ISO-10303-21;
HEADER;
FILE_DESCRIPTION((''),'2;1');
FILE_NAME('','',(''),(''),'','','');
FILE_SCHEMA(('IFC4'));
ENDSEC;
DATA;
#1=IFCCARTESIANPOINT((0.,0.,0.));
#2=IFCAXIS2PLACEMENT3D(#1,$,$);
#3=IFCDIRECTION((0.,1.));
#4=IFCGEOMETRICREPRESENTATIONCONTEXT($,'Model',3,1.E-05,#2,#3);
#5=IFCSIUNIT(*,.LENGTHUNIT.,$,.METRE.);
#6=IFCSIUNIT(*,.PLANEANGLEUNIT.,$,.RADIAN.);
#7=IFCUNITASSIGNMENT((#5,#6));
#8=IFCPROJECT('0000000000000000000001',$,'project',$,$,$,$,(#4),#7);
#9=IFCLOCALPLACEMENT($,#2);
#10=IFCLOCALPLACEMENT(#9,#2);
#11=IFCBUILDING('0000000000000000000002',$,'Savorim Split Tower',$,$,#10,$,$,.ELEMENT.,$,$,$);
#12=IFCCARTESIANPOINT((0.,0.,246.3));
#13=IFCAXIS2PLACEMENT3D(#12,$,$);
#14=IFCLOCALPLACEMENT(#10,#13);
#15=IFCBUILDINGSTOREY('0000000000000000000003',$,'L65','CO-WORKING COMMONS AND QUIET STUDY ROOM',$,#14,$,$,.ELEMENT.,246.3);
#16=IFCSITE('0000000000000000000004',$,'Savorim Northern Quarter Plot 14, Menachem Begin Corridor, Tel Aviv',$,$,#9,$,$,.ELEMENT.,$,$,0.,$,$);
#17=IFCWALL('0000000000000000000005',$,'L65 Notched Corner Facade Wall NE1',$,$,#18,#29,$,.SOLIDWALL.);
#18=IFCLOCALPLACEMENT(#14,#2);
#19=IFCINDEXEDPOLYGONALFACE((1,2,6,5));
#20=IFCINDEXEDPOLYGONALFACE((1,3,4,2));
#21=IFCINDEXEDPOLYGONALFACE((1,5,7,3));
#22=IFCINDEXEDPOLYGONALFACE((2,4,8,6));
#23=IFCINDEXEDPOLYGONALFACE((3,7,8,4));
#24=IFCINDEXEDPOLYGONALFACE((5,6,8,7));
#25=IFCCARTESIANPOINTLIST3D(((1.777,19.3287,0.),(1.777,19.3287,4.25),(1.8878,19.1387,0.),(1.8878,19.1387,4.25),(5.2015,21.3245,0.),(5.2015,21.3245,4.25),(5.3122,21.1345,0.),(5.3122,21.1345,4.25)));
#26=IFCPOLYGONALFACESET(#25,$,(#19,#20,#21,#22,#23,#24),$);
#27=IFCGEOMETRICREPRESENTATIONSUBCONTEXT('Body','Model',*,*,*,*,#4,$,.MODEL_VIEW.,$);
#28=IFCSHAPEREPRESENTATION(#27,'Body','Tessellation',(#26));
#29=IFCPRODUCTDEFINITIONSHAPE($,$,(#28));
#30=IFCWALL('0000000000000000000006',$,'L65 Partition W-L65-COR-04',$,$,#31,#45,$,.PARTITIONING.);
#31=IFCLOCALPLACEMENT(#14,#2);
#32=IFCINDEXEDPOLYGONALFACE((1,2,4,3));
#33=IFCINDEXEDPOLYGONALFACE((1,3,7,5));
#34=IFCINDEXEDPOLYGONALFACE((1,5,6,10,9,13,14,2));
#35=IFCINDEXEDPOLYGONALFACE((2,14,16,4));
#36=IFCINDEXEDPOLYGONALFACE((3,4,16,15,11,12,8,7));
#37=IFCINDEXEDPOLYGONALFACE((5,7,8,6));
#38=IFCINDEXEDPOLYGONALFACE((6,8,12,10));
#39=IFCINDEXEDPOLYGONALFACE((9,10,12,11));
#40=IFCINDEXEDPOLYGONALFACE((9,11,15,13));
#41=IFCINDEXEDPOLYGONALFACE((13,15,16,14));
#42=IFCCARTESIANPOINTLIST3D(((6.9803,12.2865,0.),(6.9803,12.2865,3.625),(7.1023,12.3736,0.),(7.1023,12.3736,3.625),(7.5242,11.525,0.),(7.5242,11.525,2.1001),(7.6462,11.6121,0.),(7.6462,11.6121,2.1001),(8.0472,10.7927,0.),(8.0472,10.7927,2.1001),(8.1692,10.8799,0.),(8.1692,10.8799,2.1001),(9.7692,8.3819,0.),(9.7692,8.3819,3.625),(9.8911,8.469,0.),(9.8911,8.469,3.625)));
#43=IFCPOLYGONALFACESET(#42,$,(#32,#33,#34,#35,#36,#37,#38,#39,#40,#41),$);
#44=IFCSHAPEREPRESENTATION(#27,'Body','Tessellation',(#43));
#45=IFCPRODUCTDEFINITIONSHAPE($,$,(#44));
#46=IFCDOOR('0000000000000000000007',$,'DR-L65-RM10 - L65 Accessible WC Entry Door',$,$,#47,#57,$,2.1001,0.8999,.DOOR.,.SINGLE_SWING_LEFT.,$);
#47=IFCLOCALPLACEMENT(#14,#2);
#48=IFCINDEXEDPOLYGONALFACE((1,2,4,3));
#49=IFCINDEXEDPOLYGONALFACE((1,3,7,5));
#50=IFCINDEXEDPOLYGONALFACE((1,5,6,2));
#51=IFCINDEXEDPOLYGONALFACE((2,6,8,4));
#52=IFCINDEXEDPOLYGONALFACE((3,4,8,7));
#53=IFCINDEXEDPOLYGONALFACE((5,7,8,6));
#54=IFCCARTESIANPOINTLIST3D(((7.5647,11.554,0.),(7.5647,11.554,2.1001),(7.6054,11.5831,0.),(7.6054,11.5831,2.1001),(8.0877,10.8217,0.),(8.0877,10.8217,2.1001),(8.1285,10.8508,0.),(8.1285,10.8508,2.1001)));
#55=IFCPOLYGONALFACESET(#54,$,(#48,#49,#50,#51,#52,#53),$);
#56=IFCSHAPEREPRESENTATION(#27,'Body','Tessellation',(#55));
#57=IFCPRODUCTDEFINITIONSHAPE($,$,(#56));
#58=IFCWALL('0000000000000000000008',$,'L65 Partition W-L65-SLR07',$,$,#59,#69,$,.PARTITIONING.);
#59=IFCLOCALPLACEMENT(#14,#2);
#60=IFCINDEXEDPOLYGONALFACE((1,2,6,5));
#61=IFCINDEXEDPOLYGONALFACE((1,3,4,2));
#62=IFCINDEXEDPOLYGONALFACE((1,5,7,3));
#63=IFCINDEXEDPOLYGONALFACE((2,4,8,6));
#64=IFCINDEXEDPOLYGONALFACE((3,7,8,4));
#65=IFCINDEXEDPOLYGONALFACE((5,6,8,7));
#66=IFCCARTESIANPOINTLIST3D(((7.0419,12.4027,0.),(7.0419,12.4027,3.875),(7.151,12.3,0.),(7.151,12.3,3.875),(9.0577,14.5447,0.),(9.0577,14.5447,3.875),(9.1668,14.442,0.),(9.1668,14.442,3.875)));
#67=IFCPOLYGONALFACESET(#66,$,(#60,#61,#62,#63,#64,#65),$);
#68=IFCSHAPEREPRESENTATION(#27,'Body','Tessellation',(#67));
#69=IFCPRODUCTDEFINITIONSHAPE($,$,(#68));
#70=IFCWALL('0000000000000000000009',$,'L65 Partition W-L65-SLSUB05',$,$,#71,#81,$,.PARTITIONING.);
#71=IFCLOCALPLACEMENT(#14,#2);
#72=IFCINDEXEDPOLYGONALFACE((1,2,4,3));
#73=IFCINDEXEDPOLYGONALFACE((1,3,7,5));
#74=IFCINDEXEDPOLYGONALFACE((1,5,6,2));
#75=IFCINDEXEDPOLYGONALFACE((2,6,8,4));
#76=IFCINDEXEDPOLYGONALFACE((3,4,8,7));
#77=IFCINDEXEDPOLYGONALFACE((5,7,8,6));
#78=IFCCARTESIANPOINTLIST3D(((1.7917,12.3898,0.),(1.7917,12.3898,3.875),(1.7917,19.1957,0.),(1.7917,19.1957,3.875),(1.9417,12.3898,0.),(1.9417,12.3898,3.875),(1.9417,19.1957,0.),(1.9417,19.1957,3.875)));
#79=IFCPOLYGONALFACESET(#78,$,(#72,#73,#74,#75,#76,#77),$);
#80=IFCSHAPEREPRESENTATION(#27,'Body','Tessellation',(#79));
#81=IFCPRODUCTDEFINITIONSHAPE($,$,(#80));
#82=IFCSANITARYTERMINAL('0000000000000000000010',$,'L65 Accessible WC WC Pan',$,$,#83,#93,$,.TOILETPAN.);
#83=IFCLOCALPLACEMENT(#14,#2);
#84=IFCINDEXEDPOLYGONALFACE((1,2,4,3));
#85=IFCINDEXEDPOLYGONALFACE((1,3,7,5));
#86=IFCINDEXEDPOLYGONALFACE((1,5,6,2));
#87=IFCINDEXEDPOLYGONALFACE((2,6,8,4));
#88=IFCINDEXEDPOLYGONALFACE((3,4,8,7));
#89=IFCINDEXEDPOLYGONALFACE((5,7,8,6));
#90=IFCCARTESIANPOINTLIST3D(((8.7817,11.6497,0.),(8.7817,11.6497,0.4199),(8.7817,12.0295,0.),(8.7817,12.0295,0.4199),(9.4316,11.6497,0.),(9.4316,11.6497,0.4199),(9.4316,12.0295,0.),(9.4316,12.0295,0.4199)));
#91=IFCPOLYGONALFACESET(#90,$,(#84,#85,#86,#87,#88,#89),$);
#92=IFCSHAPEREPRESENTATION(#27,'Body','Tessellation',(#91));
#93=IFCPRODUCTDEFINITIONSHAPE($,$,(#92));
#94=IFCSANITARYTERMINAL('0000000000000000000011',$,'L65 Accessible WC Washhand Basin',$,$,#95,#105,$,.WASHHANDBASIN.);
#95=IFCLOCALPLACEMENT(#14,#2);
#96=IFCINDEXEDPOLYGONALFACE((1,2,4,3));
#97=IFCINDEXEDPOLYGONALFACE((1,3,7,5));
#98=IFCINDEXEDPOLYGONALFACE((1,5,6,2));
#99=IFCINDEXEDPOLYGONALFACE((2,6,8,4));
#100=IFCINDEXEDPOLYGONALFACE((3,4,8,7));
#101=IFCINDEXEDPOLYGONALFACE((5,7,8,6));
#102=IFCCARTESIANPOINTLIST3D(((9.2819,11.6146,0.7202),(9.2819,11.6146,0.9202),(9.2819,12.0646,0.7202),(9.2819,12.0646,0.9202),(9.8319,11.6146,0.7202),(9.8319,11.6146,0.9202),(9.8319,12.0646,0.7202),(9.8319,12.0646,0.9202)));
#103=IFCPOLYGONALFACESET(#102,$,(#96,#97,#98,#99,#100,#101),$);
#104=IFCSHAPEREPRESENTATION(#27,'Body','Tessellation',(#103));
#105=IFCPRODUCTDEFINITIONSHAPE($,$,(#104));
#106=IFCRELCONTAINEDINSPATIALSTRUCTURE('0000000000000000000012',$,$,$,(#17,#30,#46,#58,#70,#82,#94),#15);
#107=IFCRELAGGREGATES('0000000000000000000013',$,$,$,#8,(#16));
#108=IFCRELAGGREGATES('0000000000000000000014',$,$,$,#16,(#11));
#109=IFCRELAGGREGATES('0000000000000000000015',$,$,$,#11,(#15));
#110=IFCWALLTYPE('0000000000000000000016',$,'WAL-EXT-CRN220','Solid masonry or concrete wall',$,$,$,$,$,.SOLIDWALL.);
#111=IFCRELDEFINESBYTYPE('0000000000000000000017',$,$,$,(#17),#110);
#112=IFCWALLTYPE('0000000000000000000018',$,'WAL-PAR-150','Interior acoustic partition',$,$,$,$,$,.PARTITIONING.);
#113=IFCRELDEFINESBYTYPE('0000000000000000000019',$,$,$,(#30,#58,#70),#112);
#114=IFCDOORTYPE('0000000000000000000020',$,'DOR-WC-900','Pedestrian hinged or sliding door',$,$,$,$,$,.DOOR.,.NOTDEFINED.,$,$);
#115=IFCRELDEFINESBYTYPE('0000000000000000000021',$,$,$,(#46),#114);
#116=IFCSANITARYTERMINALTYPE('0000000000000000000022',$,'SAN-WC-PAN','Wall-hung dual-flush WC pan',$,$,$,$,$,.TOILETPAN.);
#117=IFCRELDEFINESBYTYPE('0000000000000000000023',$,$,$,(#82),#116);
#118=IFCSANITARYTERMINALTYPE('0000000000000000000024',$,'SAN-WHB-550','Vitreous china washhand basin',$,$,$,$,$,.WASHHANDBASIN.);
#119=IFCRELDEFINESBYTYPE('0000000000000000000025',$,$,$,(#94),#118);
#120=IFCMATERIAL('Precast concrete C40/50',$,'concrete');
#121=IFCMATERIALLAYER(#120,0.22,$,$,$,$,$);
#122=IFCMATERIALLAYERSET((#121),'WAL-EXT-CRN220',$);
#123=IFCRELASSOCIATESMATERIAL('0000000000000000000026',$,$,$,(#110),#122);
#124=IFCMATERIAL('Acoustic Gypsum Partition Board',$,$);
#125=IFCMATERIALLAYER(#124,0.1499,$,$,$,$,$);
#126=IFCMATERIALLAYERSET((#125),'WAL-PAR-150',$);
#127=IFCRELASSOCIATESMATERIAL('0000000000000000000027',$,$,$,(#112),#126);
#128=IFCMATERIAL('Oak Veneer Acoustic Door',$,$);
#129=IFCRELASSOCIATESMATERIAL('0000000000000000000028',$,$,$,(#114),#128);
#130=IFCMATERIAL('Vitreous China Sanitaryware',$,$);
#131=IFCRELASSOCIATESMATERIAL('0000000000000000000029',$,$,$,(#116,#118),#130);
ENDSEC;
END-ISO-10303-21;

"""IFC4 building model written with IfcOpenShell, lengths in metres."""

from ifc_helpers import new_model, si_unit, direction, frame, frame_2d, origin, origin_2d, place, context, subcontext, project, spatial, rectangle, extrude, material, layer, layer_set, type_object, element, fill, save


model = new_model("IFC4")

# Units and contexts
model_context = context("Model", 3, precision=1e-05, world=origin(), true_north=direction((0.0, 1.0)))
body_context = subcontext(model_context, "Body", "Model", "MODEL_VIEW")
ifc_project = project(units=[si_unit("LENGTHUNIT", "METRE"), si_unit("PLANEANGLEUNIT", "RADIAN")], contexts=[model_context])

# Site, building, storey
site_placement = place(None, origin())
site = spatial("IfcSite", under=ifc_project, at=site_placement, Name="Savorim Northern Quarter Plot 14, Menachem Begin Corridor, Tel Aviv", CompositionType="ELEMENT", RefElevation=0.0)
building_placement = place(site_placement, origin())
building = spatial("IfcBuilding", under=site, at=building_placement, Name="Savorim Split Tower", CompositionType="ELEMENT")
storey_placement = place(building_placement, frame((0.0, 0.0, 246.3)))
storey = spatial("IfcBuildingStorey", under=building, at=storey_placement, Name="L65", Description="CO-WORKING COMMONS AND QUIET STUDY ROOM", CompositionType="ELEMENT", Elevation=246.3)

# Wall
ifc_material_1 = material(Name="Precast concrete C40/50", Category="concrete")
ifc_layer_1 = layer(ifc_material_1, 0.22)
ifc_layer_set_1 = layer_set([ifc_layer_1], Name="WAL-EXT-CRN220")
wall_type_1 = type_object("IfcWallType", Name="WAL-EXT-CRN220", Description="Solid masonry or concrete wall", PredefinedType="SOLIDWALL", material=ifc_layer_set_1)
wall_1_placement = place(storey_placement, frame((1.8323, 19.2336, 0.0), z_axis=(0.0, 0.0, 1.0), x_axis=(0.863978, 0.50353, 0.0)))
element("IfcWall", 1, at=wall_1_placement, inside=storey, type_object=wall_type_1, Name="L65 Notched Corner Facade Wall NE1", PredefinedType="SOLIDWALL", context=body_context, shape_type="SweptSolid", body=[
    extrude(rectangle(XDim=3.9636, YDim=0.22, at=frame_2d((1.9819, 0.0))), origin(), (0.0, 0.0, 1.0), 4.25),
])

# Wall, opening, door
ifc_material_2 = material(Name="Acoustic Gypsum Partition Board")
ifc_layer_2 = layer(ifc_material_2, 0.1499)
ifc_layer_set_2 = layer_set([ifc_layer_2], Name="WAL-PAR-150")
wall_type_2 = type_object("IfcWallType", Name="WAL-PAR-150", Description="Interior acoustic partition", PredefinedType="PARTITIONING", material=ifc_layer_set_2)
wall_2_placement = place(storey_placement, frame((7.0413, 12.3301, 0.0), z_axis=(0.0, 0.0, 1.0), x_axis=(0.581219, -0.813747, 0.0)))
wall_2 = element("IfcWall", 2, at=wall_2_placement, inside=storey, type_object=wall_type_2, Name="L65 Partition W-L65-COR-04", PredefinedType="PARTITIONING", context=body_context, shape_type="SweptSolid", body=[
    extrude(rectangle(XDim=4.7983, YDim=0.1499, at=frame_2d((2.3992, 0.0))), origin(), (0.0, 0.0, 1.0), 3.625),
])
opening_1_placement = place(wall_2_placement, frame((0.9358, 0.0, 0.0)))
opening_1 = element("IfcOpeningElement", 3, at=opening_1_placement, cuts=wall_2, PredefinedType="OPENING", context=body_context, shape_type="SweptSolid", body=[
    extrude(rectangle(XDim=0.8999, YDim=2.1001, at=frame_2d((0.45, 1.05))), frame((0.0, 0.085, 0.0), z_axis=(0.0, -1.0, 0.0), x_axis=(1.0, 0.0, 0.0)), (0.0, 0.0, 1.0), 0.1699),
])
ifc_material_3 = material(Name="Oak Veneer Acoustic Door")
door_type_1 = type_object("IfcDoorType", Name="DOR-WC-900", Description="Pedestrian hinged or sliding door", OperationType="NOTDEFINED", PredefinedType="DOOR", material=ifc_material_3)
door_1_placement = place(opening_1_placement, origin())
door_1 = element("IfcDoor", 4, at=door_1_placement, inside=storey, type_object=door_type_1, Name="DR-L65-RM10 - L65 Accessible WC Entry Door", OperationType="SINGLE_SWING_LEFT", OverallHeight=2.1001, OverallWidth=0.8999, PredefinedType="DOOR", context=body_context, shape_type="SweptSolid", body=[
    extrude(rectangle(XDim=0.8999, YDim=2.1001, at=frame_2d((0.45, 1.05))), frame((0.0, 0.0249, 0.0), z_axis=(0.0, -1.0, 0.0), x_axis=(1.0, 0.0, 0.0)), (0.0, 0.0, 1.0), 0.05),
])
fill(opening_1, door_1)

# Walls
wall_3_placement = place(storey_placement, frame((7.0964, 12.3513, 0.0), z_axis=(0.0, 0.0, 1.0), x_axis=(0.685326, 0.728237, 0.0)))
element("IfcWall", 5, at=wall_3_placement, inside=storey, type_object=wall_type_2, Name="L65 Partition W-L65-SLR07", PredefinedType="PARTITIONING", context=body_context, shape_type="SweptSolid", body=[
    extrude(rectangle(XDim=2.9414, YDim=0.1499, at=frame_2d((1.4707, 0.0))), origin(), (0.0, 0.0, 1.0), 3.875),
])
wall_4_placement = place(storey_placement, frame((1.8667, 12.3899, 0.0), z_axis=(0.0, 0.0, 1.0), x_axis=(0.0, 1.0, 0.0)))
element("IfcWall", 6, at=wall_4_placement, inside=storey, type_object=wall_type_2, Name="L65 Partition W-L65-SLSUB05", PredefinedType="PARTITIONING", context=body_context, shape_type="SweptSolid", body=[
    extrude(rectangle(XDim=6.8059, YDim=0.1499, at=frame_2d((3.4028, 0.0))), origin(), (0.0, 0.0, 1.0), 3.875),
])

# Sanitary terminals
ifc_material_4 = material(Name="Vitreous China Sanitaryware")
sanitary_terminal_type_1 = type_object("IfcSanitaryTerminalType", Name="SAN-WC-PAN", Description="Wall-hung dual-flush WC pan", PredefinedType="TOILETPAN", material=ifc_material_4)
sanitary_terminal_1_placement = place(storey_placement, frame((9.1067, 11.8396, 0.0), z_axis=(0.0, 0.0, 1.0), x_axis=(1.0, 0.0, 0.0)))
element("IfcSanitaryTerminal", 7, at=sanitary_terminal_1_placement, inside=storey, type_object=sanitary_terminal_type_1, Name="L65 Accessible WC WC Pan", PredefinedType="TOILETPAN", context=body_context, shape_type="SweptSolid", body=[
    extrude(rectangle(XDim=0.6499, YDim=0.3799, at=origin_2d()), origin(), (0.0, 0.0, 1.0), 0.4199),
])
sanitary_terminal_type_2 = type_object("IfcSanitaryTerminalType", Name="SAN-WHB-550", Description="Vitreous china washhand basin", PredefinedType="WASHHANDBASIN", material=ifc_material_4)
sanitary_terminal_2_placement = place(storey_placement, frame((9.5569, 11.8396, 0.7202), z_axis=(0.0, 0.0, 1.0), x_axis=(1.0, 0.0, 0.0)))
element("IfcSanitaryTerminal", 8, at=sanitary_terminal_2_placement, inside=storey, type_object=sanitary_terminal_type_2, Name="L65 Accessible WC Washhand Basin", PredefinedType="WASHHANDBASIN", context=body_context, shape_type="SweptSolid", body=[
    extrude(rectangle(XDim=0.55, YDim=0.45, at=origin_2d()), origin(), (0.0, 0.0, 1.0), 0.2),
])

save(model, "model.ifc")
